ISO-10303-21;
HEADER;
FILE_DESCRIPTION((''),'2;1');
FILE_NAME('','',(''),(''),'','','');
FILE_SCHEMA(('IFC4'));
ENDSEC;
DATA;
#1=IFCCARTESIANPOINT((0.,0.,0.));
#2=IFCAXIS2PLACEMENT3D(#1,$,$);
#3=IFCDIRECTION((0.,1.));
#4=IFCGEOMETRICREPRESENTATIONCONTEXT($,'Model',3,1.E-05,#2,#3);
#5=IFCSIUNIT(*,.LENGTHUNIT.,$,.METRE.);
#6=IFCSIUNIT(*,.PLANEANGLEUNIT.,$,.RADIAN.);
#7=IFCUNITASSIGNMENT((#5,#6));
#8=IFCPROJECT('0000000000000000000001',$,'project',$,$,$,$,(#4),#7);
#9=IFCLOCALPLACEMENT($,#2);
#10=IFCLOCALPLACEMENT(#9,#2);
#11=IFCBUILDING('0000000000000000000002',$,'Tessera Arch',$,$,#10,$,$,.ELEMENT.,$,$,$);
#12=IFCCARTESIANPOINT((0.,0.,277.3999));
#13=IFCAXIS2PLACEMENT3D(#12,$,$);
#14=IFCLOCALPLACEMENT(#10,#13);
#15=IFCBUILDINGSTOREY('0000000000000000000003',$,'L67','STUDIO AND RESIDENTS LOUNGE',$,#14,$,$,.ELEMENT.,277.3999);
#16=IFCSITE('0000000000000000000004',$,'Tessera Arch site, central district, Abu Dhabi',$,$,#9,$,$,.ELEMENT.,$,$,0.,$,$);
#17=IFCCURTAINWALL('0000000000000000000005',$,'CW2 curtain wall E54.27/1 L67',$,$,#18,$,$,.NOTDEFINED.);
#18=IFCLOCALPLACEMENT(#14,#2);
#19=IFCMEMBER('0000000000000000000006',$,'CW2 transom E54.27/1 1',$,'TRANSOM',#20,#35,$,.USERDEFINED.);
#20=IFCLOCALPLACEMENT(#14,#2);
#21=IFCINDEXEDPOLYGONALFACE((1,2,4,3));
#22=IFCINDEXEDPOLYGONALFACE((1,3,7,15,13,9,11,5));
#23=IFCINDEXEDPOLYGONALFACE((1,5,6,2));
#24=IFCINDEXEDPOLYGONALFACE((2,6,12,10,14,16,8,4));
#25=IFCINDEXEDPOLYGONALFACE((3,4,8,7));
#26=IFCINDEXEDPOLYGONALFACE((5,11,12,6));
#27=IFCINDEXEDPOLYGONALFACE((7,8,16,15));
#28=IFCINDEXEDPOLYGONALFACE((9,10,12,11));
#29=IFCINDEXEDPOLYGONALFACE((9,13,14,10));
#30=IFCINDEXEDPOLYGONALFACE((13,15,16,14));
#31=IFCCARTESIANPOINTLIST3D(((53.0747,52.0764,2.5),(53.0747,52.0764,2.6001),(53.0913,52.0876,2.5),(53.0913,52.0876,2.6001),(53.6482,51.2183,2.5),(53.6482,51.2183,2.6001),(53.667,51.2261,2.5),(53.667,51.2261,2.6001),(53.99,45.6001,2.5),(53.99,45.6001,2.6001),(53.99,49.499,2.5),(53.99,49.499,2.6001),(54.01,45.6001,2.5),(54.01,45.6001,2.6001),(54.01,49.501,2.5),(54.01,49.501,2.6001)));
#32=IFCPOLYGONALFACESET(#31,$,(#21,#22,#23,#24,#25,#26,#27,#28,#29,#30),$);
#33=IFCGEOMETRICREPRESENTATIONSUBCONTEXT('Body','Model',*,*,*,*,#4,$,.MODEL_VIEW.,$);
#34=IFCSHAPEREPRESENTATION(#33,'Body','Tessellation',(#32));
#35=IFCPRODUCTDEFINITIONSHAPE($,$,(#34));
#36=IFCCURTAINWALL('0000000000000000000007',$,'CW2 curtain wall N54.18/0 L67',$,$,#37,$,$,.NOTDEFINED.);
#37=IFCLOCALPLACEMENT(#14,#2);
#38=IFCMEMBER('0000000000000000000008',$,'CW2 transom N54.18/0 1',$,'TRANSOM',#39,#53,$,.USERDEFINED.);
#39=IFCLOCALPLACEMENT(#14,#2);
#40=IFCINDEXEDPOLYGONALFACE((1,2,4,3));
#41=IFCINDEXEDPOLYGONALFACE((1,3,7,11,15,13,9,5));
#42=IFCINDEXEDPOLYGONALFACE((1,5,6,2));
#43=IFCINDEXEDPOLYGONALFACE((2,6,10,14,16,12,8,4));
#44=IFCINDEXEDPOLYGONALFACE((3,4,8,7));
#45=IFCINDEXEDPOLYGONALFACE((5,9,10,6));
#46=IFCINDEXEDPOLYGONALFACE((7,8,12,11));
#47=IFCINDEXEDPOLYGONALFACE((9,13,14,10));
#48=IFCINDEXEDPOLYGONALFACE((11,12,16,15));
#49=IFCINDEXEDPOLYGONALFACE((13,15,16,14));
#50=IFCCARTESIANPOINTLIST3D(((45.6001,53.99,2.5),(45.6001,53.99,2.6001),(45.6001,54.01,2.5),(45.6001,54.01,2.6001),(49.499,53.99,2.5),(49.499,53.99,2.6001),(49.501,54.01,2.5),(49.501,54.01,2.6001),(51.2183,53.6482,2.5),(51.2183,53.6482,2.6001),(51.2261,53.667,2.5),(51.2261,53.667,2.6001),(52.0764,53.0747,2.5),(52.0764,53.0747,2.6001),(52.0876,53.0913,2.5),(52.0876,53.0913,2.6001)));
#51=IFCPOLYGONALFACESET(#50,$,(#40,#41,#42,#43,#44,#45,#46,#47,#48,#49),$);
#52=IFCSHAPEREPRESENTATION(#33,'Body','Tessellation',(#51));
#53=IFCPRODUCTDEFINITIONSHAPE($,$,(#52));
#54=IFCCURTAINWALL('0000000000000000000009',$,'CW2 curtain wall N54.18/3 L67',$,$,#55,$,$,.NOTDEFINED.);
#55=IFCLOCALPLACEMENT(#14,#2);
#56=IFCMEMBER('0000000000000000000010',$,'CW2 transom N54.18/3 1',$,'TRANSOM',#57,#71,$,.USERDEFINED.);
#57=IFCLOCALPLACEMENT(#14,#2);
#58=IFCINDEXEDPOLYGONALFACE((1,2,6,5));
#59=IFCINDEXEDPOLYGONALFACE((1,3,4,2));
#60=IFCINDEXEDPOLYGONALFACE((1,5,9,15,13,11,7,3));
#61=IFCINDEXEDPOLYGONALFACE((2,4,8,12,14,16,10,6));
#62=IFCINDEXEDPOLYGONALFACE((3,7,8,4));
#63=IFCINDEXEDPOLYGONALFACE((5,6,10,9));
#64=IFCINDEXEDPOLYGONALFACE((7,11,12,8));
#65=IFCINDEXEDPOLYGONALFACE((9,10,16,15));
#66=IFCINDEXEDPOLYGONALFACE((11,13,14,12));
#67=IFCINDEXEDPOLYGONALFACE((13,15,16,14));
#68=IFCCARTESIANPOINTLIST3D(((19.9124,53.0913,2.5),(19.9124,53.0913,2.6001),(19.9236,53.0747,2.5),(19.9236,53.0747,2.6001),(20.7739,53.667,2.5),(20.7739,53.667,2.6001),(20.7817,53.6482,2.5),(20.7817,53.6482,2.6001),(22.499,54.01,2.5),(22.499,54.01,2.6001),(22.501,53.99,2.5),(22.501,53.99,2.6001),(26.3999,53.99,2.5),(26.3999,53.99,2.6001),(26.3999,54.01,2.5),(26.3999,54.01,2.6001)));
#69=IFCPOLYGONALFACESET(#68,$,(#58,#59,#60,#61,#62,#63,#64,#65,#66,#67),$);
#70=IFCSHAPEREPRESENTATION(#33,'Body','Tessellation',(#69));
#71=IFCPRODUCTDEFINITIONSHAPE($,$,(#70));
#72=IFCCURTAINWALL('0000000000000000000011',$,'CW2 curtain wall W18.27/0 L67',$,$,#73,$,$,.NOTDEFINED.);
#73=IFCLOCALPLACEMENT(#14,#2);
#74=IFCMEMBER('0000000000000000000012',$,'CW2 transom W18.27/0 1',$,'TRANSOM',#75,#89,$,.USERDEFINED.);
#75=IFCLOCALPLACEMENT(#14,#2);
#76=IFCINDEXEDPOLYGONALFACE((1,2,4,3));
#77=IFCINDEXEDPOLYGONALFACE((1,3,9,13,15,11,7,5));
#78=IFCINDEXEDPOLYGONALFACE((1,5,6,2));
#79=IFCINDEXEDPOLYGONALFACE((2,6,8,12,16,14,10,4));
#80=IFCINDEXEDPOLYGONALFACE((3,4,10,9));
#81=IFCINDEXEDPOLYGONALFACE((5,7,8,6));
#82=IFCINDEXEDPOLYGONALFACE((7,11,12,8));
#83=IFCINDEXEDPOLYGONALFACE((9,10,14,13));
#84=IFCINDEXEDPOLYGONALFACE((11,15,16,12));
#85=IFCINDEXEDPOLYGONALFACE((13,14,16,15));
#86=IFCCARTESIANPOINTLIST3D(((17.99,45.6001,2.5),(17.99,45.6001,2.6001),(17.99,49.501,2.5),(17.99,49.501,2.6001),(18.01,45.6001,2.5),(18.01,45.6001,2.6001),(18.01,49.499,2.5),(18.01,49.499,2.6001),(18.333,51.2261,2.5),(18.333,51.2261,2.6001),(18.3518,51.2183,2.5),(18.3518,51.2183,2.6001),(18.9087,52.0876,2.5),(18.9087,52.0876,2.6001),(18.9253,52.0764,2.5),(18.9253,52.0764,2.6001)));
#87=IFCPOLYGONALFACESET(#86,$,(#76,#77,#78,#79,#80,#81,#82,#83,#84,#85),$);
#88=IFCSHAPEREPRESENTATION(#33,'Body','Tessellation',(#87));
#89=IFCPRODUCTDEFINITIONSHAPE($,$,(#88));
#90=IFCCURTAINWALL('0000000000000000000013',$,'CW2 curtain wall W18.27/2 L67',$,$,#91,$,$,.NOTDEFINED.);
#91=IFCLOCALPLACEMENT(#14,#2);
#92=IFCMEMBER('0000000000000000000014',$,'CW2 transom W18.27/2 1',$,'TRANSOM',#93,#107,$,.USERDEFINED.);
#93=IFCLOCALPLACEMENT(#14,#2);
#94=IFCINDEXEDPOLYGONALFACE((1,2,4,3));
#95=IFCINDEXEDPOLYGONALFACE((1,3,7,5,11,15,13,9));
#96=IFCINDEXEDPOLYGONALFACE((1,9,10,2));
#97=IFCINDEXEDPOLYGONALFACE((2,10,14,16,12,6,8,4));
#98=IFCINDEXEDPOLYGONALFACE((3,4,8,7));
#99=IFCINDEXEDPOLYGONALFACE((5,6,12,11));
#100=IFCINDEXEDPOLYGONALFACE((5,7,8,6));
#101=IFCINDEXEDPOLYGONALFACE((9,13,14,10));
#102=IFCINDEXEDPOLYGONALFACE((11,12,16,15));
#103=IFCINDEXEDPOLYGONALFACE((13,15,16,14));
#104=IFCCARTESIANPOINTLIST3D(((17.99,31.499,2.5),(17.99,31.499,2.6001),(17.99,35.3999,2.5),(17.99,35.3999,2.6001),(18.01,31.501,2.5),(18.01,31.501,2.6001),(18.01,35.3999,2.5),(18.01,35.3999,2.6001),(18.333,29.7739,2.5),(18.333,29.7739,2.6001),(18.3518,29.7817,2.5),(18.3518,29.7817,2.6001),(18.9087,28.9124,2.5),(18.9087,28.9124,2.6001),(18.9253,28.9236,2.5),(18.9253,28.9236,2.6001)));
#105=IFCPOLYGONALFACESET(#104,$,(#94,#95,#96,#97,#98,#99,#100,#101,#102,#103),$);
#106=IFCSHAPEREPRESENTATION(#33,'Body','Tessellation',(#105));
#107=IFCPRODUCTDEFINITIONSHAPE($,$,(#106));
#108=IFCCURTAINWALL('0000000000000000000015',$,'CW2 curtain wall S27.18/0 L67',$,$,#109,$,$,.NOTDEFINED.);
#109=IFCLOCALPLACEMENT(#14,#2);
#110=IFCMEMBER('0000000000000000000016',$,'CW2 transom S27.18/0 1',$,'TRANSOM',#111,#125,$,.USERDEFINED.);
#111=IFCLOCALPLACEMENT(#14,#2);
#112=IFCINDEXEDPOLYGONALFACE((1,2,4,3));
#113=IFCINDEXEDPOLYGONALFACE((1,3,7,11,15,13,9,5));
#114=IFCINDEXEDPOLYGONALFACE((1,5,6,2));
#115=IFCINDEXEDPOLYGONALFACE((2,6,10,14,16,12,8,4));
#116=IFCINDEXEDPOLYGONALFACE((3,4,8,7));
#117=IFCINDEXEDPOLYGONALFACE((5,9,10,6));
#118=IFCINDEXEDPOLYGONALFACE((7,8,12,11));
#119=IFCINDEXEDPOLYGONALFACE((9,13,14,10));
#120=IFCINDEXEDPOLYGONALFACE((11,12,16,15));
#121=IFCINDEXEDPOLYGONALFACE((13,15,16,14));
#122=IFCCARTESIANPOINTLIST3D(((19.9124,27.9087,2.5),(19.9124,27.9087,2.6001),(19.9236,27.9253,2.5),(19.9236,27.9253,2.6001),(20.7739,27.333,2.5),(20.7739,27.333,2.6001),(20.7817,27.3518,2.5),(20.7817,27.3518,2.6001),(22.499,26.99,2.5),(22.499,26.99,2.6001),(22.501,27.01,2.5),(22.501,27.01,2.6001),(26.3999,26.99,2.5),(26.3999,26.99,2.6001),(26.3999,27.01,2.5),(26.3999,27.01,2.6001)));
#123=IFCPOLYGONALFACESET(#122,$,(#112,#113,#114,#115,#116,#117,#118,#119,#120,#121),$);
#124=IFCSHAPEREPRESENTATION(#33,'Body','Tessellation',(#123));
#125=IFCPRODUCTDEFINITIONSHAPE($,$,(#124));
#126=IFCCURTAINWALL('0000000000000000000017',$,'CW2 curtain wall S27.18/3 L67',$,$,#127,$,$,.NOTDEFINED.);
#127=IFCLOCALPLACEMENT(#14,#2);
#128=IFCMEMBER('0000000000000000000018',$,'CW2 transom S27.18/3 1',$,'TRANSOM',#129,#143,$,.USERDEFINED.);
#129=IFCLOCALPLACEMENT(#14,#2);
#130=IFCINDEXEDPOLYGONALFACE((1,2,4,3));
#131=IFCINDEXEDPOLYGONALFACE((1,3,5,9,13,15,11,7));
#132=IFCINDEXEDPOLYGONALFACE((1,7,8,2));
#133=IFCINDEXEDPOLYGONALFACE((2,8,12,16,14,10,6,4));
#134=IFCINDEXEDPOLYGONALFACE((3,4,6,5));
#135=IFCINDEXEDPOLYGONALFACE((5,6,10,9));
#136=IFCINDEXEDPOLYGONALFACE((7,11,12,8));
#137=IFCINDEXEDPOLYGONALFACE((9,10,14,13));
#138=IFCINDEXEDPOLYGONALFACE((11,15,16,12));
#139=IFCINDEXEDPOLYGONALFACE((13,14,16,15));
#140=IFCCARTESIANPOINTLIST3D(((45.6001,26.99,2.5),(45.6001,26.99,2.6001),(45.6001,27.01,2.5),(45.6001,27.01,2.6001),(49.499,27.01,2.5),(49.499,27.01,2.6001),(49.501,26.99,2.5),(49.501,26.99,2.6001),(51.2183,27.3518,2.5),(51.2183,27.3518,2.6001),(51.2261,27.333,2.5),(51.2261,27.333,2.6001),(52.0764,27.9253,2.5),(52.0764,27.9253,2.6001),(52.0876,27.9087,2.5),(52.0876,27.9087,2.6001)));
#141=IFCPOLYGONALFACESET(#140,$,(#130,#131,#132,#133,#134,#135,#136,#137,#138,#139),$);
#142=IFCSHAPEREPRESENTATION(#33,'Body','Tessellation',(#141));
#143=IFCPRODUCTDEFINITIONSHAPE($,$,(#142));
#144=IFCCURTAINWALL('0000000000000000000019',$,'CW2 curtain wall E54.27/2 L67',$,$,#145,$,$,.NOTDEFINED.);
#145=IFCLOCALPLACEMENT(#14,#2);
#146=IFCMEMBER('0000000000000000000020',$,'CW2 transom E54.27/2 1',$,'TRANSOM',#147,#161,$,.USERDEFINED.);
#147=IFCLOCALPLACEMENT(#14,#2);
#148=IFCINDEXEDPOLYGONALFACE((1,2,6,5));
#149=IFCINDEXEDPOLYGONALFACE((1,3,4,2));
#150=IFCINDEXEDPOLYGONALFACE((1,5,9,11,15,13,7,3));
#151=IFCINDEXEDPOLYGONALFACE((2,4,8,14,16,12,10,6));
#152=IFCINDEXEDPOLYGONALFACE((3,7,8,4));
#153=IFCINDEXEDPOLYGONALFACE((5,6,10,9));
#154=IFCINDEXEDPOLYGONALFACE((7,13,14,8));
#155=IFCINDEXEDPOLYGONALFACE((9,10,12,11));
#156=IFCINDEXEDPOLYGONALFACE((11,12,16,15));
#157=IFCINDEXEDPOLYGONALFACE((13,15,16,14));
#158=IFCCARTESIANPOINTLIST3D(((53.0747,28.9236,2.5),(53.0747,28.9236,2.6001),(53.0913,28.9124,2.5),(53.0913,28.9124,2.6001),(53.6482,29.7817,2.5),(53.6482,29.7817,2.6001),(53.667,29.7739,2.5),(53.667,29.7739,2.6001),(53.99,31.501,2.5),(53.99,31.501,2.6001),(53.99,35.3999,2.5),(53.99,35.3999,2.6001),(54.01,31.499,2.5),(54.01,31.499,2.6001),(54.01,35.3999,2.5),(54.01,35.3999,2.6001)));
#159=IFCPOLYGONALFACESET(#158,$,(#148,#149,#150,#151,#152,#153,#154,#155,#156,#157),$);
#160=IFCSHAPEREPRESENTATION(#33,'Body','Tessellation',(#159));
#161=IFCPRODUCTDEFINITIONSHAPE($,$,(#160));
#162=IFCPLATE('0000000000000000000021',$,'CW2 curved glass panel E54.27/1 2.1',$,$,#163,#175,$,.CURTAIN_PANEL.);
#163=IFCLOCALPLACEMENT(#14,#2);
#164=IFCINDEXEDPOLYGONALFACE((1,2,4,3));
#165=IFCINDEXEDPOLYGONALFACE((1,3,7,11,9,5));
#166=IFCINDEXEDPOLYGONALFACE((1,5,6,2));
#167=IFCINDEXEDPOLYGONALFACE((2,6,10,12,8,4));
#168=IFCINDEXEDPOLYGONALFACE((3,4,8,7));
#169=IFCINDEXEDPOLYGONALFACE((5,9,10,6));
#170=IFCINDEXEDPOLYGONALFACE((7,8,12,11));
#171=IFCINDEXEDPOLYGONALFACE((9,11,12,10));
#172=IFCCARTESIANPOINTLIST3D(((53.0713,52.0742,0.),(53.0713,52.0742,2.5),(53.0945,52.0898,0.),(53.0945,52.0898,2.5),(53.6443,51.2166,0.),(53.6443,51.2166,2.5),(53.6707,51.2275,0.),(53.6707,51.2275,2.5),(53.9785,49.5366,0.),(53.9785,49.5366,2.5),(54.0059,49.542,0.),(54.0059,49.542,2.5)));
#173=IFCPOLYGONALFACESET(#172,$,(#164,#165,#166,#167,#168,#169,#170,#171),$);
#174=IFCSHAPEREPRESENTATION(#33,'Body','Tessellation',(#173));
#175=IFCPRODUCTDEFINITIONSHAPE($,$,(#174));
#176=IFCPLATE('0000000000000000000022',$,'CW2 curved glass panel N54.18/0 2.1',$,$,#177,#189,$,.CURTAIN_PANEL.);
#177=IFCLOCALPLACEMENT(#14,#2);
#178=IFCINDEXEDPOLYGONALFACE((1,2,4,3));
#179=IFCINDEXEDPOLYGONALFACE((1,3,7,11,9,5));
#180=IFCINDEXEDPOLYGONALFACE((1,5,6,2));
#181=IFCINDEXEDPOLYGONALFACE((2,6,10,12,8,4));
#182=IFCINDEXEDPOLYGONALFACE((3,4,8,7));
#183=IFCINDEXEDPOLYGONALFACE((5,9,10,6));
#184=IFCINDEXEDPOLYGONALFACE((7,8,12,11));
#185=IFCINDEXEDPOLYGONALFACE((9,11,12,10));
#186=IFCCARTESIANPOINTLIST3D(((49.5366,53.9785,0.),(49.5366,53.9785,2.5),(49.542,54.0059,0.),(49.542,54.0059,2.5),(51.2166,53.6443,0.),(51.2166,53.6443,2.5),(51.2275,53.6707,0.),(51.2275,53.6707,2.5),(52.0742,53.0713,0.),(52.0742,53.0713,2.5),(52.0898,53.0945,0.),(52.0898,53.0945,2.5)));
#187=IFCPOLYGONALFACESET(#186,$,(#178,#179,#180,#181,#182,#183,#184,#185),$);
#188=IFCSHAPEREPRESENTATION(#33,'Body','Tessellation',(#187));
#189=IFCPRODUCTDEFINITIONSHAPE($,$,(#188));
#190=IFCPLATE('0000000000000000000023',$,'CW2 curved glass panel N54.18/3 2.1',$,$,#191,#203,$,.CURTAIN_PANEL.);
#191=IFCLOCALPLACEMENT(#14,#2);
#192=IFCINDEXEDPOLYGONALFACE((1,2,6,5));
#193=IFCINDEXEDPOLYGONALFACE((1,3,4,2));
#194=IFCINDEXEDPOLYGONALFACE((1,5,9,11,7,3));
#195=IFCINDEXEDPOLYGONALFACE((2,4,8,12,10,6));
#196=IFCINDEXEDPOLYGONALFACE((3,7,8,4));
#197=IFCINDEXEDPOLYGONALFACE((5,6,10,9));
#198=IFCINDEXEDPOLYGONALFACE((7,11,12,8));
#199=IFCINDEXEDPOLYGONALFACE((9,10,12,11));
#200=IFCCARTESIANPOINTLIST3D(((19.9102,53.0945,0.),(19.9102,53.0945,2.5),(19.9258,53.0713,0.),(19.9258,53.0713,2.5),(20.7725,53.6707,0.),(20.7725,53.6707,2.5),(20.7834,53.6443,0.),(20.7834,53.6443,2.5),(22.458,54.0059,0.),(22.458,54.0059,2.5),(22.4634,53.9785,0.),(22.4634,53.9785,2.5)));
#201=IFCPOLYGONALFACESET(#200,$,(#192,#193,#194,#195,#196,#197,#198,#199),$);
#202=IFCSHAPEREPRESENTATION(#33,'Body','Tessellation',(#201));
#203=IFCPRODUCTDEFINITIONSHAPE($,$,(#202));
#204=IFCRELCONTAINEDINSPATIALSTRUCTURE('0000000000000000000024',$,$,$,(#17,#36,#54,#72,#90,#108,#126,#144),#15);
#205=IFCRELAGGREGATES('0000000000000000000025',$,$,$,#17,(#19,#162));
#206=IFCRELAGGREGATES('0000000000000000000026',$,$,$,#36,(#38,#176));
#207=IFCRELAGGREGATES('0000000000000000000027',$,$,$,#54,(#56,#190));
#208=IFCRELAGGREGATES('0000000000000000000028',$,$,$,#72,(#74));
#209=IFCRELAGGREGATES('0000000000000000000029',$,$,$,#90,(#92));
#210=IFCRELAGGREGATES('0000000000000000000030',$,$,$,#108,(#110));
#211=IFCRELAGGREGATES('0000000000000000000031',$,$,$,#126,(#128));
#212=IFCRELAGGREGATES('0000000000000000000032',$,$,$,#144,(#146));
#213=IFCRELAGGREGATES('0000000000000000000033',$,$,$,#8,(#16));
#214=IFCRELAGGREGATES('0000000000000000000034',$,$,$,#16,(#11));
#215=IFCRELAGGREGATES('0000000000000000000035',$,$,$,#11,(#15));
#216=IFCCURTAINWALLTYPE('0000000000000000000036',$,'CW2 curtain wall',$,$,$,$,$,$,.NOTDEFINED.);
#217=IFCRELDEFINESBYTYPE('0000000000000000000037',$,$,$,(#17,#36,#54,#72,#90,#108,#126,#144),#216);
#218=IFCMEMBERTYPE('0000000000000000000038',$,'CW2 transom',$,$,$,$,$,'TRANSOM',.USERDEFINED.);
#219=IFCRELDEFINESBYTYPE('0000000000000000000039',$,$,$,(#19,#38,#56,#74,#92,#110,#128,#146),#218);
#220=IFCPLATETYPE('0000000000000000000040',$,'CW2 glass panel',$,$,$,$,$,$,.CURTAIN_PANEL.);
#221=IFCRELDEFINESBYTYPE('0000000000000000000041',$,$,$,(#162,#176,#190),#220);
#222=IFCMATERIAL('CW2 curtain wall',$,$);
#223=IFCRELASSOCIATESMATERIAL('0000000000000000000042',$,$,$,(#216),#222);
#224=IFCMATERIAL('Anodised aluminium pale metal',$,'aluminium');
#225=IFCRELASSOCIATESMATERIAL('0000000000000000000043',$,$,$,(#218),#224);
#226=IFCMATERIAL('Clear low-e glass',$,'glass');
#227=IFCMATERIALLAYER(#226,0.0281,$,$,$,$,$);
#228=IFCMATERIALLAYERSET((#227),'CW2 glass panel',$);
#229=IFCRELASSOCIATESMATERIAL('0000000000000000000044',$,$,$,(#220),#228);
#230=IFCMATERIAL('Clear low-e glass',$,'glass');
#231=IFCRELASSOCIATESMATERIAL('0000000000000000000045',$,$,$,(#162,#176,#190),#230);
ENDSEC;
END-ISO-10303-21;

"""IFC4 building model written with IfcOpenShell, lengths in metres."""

from ifc_helpers import new_model, si_unit, direction, frame, origin, origin_2d, place, context, subcontext, project, spatial, polyline, rectangle, outline, extrude, material, layer, layer_set, material_profile, profile_set, type_object, element, aggregate, save


model = new_model("IFC4")

# Units and contexts
model_context = context("Model", 3, precision=1e-05, world=origin(), true_north=direction((0.0, 1.0)))
body_context = subcontext(model_context, "Body", "Model", "MODEL_VIEW")
ifc_project = project(units=[si_unit("LENGTHUNIT", "METRE"), si_unit("PLANEANGLEUNIT", "RADIAN")], contexts=[model_context])

# Site, building, storey
site_placement = place(None, origin())
site = spatial("IfcSite", under=ifc_project, at=site_placement, Name="Tessera Arch site, central district, Abu Dhabi", CompositionType="ELEMENT", RefElevation=0.0)
building_placement = place(site_placement, origin())
building = spatial("IfcBuilding", under=site, at=building_placement, Name="Tessera Arch", CompositionType="ELEMENT")
storey_placement = place(building_placement, frame((0.0, 0.0, 277.3999)))
storey = spatial("IfcBuildingStorey", under=building, at=storey_placement, Name="L67", Description="STUDIO AND RESIDENTS LOUNGE", CompositionType="ELEMENT", Elevation=277.3999)

# Curtain walls, members
ifc_material_1 = material(Name="CW2 curtain wall")
curtain_wall_type = type_object("IfcCurtainWallType", Name="CW2 curtain wall", PredefinedType="NOTDEFINED", material=ifc_material_1)
curtain_wall_1_placement = place(storey_placement, origin())
curtain_wall_1 = element("IfcCurtainWall", 1, at=curtain_wall_1_placement, inside=storey, type_object=curtain_wall_type, Name="CW2 curtain wall E54.27/1 L67", PredefinedType="NOTDEFINED")
ifc_material_2 = material(Name="Anodised aluminium pale metal", Category="aluminium")
ifc_material_profile = material_profile(ifc_material_2, rectangle(XDim=0.2, YDim=0.1001, at=origin_2d()), Name="AL 200x100")
ifc_profile_set = profile_set([ifc_material_profile], Name="Anodised aluminium pale metal")
member_type = type_object("IfcMemberType", Name="CW2 transom", ElementType="TRANSOM", PredefinedType="USERDEFINED", material=ifc_profile_set)
member_1_placement = place(storey_placement, frame((0.0, 0.0, 2.5)))
member_1 = element("IfcMember", 2, at=member_1_placement, type_object=member_type, Name="CW2 transom E54.27/1 1", ObjectType="TRANSOM", PredefinedType="USERDEFINED", context=body_context, shape_type="SweptSolid", body=[
    extrude(outline(polyline([(53.99, 49.499), (53.99, 45.6001), (54.01, 45.6001), (54.01, 49.501), (53.667, 51.2261), (53.0913, 52.0876), (53.0747, 52.0764), (53.6482, 51.2183), (53.99, 49.499)])), origin(), (0.0, 0.0, 1.0), 0.1001),
])
curtain_wall_2_placement = place(storey_placement, origin())
curtain_wall_2 = element("IfcCurtainWall", 3, at=curtain_wall_2_placement, inside=storey, type_object=curtain_wall_type, Name="CW2 curtain wall N54.18/0 L67", PredefinedType="NOTDEFINED")
member_2_placement = place(storey_placement, frame((0.0, 0.0, 2.5)))
member_2 = element("IfcMember", 4, at=member_2_placement, type_object=member_type, Name="CW2 transom N54.18/0 1", ObjectType="TRANSOM", PredefinedType="USERDEFINED", context=body_context, shape_type="SweptSolid", body=[
    extrude(outline(polyline([(51.2183, 53.6482), (52.0764, 53.0747), (52.0876, 53.0913), (51.2261, 53.667), (49.501, 54.01), (45.6001, 54.01), (45.6001, 53.99), (49.499, 53.99), (51.2183, 53.6482)])), origin(), (0.0, 0.0, 1.0), 0.1001),
])
curtain_wall_3_placement = place(storey_placement, origin())
curtain_wall_3 = element("IfcCurtainWall", 5, at=curtain_wall_3_placement, inside=storey, type_object=curtain_wall_type, Name="CW2 curtain wall N54.18/3 L67", PredefinedType="NOTDEFINED")
member_3_placement = place(storey_placement, frame((0.0, 0.0, 2.5)))
member_3 = element("IfcMember", 6, at=member_3_placement, type_object=member_type, Name="CW2 transom N54.18/3 1", ObjectType="TRANSOM", PredefinedType="USERDEFINED", context=body_context, shape_type="SweptSolid", body=[
    extrude(outline(polyline([(22.501, 53.99), (26.3999, 53.99), (26.3999, 54.01), (22.499, 54.01), (20.7739, 53.667), (19.9124, 53.0913), (19.9236, 53.0747), (20.7817, 53.6482), (22.501, 53.99)])), origin(), (0.0, 0.0, 1.0), 0.1001),
])
curtain_wall_4_placement = place(storey_placement, origin())
curtain_wall_4 = element("IfcCurtainWall", 7, at=curtain_wall_4_placement, inside=storey, type_object=curtain_wall_type, Name="CW2 curtain wall W18.27/0 L67", PredefinedType="NOTDEFINED")
member_4_placement = place(storey_placement, frame((0.0, 0.0, 2.5)))
member_4 = element("IfcMember", 8, at=member_4_placement, type_object=member_type, Name="CW2 transom W18.27/0 1", ObjectType="TRANSOM", PredefinedType="USERDEFINED", context=body_context, shape_type="SweptSolid", body=[
    extrude(outline(polyline([(18.3518, 51.2183), (18.9253, 52.0764), (18.9087, 52.0876), (18.333, 51.2261), (17.99, 49.501), (17.99, 45.6001), (18.01, 45.6001), (18.01, 49.499), (18.3518, 51.2183)])), origin(), (0.0, 0.0, 1.0), 0.1001),
])
curtain_wall_5_placement = place(storey_placement, origin())
curtain_wall_5 = element("IfcCurtainWall", 9, at=curtain_wall_5_placement, inside=storey, type_object=curtain_wall_type, Name="CW2 curtain wall W18.27/2 L67", PredefinedType="NOTDEFINED")
member_5_placement = place(storey_placement, frame((0.0, 0.0, 2.5)))
member_5 = element("IfcMember", 10, at=member_5_placement, type_object=member_type, Name="CW2 transom W18.27/2 1", ObjectType="TRANSOM", PredefinedType="USERDEFINED", context=body_context, shape_type="SweptSolid", body=[
    extrude(outline(polyline([(18.01, 31.501), (18.01, 35.3999), (17.99, 35.3999), (17.99, 31.499), (18.333, 29.7739), (18.9087, 28.9124), (18.9253, 28.9236), (18.3518, 29.7817), (18.01, 31.501)])), origin(), (0.0, 0.0, 1.0), 0.1001),
])
curtain_wall_6_placement = place(storey_placement, origin())
curtain_wall_6 = element("IfcCurtainWall", 11, at=curtain_wall_6_placement, inside=storey, type_object=curtain_wall_type, Name="CW2 curtain wall S27.18/0 L67", PredefinedType="NOTDEFINED")
member_6_placement = place(storey_placement, frame((0.0, 0.0, 2.5)))
member_6 = element("IfcMember", 12, at=member_6_placement, type_object=member_type, Name="CW2 transom S27.18/0 1", ObjectType="TRANSOM", PredefinedType="USERDEFINED", context=body_context, shape_type="SweptSolid", body=[
    extrude(outline(polyline([(20.7817, 27.3518), (19.9236, 27.9253), (19.9124, 27.9087), (20.7739, 27.333), (22.499, 26.99), (26.3999, 26.99), (26.3999, 27.01), (22.501, 27.01), (20.7817, 27.3518)])), origin(), (0.0, 0.0, 1.0), 0.1001),
])
curtain_wall_7_placement = place(storey_placement, origin())
curtain_wall_7 = element("IfcCurtainWall", 13, at=curtain_wall_7_placement, inside=storey, type_object=curtain_wall_type, Name="CW2 curtain wall S27.18/3 L67", PredefinedType="NOTDEFINED")
member_7_placement = place(storey_placement, frame((0.0, 0.0, 2.5)))
member_7 = element("IfcMember", 14, at=member_7_placement, type_object=member_type, Name="CW2 transom S27.18/3 1", ObjectType="TRANSOM", PredefinedType="USERDEFINED", context=body_context, shape_type="SweptSolid", body=[
    extrude(outline(polyline([(49.499, 27.01), (45.6001, 27.01), (45.6001, 26.99), (49.501, 26.99), (51.2261, 27.333), (52.0876, 27.9087), (52.0764, 27.9253), (51.2183, 27.3518), (49.499, 27.01)])), origin(), (0.0, 0.0, 1.0), 0.1001),
])
curtain_wall_8_placement = place(storey_placement, origin())
curtain_wall_8 = element("IfcCurtainWall", 15, at=curtain_wall_8_placement, inside=storey, type_object=curtain_wall_type, Name="CW2 curtain wall E54.27/2 L67", PredefinedType="NOTDEFINED")
member_8_placement = place(storey_placement, frame((0.0, 0.0, 2.5)))
member_8 = element("IfcMember", 16, at=member_8_placement, type_object=member_type, Name="CW2 transom E54.27/2 1", ObjectType="TRANSOM", PredefinedType="USERDEFINED", context=body_context, shape_type="SweptSolid", body=[
    extrude(outline(polyline([(53.6482, 29.7817), (53.0747, 28.9236), (53.0913, 28.9124), (53.667, 29.7739), (54.01, 31.499), (54.01, 35.3999), (53.99, 35.3999), (53.99, 31.501), (53.6482, 29.7817)])), origin(), (0.0, 0.0, 1.0), 0.1001),
])

# Plates
ifc_material_3 = material(Name="Clear low-e glass", Category="glass")
ifc_material_4 = material(Name="Clear low-e glass", Category="glass")
ifc_layer_1 = layer(ifc_material_4, 0.0281)
ifc_layer_set_1 = layer_set([ifc_layer_1], Name="CW2 glass panel")
plate_type_1 = type_object("IfcPlateType", Name="CW2 glass panel", PredefinedType="CURTAIN_PANEL", material=ifc_layer_set_1)
plate_1_placement = place(storey_placement, origin())
plate_1 = element("IfcPlate", 17, at=plate_1_placement, type_object=plate_type_1, material=ifc_material_3, Name="CW2 curved glass panel E54.27/1 2.1", PredefinedType="CURTAIN_PANEL", context=body_context, shape_type="SweptSolid", body=[
    extrude(outline(polyline([(53.6443, 51.2166), (53.9785, 49.5366), (54.0059, 49.542), (53.6707, 51.2275), (53.0945, 52.0898), (53.0713, 52.0742), (53.6443, 51.2166)])), origin(), (0.0, 0.0, 1.0), 2.5),
])
plate_2_placement = place(storey_placement, origin())
plate_2 = element("IfcPlate", 18, at=plate_2_placement, type_object=plate_type_1, material=ifc_material_3, Name="CW2 curved glass panel N54.18/0 2.1", PredefinedType="CURTAIN_PANEL", context=body_context, shape_type="SweptSolid", body=[
    extrude(outline(polyline([(51.2166, 53.6443), (52.0742, 53.0713), (52.0898, 53.0945), (51.2275, 53.6707), (49.542, 54.0059), (49.5366, 53.9785), (51.2166, 53.6443)])), origin(), (0.0, 0.0, 1.0), 2.5),
])
plate_3_placement = place(storey_placement, origin())
plate_3 = element("IfcPlate", 19, at=plate_3_placement, type_object=plate_type_1, material=ifc_material_3, Name="CW2 curved glass panel N54.18/3 2.1", PredefinedType="CURTAIN_PANEL", context=body_context, shape_type="SweptSolid", body=[
    extrude(outline(polyline([(20.7834, 53.6443), (22.4634, 53.9785), (22.458, 54.0059), (20.7725, 53.6707), (19.9102, 53.0945), (19.9258, 53.0713), (20.7834, 53.6443)])), origin(), (0.0, 0.0, 1.0), 2.5),
])
aggregate(curtain_wall_1, [member_1, plate_1])
aggregate(curtain_wall_2, [member_2, plate_2])
aggregate(curtain_wall_3, [member_3, plate_3])
aggregate(curtain_wall_4, [member_4])
aggregate(curtain_wall_5, [member_5])
aggregate(curtain_wall_6, [member_6])
aggregate(curtain_wall_7, [member_7])
aggregate(curtain_wall_8, [member_8])

save(model, "model.ifc")
